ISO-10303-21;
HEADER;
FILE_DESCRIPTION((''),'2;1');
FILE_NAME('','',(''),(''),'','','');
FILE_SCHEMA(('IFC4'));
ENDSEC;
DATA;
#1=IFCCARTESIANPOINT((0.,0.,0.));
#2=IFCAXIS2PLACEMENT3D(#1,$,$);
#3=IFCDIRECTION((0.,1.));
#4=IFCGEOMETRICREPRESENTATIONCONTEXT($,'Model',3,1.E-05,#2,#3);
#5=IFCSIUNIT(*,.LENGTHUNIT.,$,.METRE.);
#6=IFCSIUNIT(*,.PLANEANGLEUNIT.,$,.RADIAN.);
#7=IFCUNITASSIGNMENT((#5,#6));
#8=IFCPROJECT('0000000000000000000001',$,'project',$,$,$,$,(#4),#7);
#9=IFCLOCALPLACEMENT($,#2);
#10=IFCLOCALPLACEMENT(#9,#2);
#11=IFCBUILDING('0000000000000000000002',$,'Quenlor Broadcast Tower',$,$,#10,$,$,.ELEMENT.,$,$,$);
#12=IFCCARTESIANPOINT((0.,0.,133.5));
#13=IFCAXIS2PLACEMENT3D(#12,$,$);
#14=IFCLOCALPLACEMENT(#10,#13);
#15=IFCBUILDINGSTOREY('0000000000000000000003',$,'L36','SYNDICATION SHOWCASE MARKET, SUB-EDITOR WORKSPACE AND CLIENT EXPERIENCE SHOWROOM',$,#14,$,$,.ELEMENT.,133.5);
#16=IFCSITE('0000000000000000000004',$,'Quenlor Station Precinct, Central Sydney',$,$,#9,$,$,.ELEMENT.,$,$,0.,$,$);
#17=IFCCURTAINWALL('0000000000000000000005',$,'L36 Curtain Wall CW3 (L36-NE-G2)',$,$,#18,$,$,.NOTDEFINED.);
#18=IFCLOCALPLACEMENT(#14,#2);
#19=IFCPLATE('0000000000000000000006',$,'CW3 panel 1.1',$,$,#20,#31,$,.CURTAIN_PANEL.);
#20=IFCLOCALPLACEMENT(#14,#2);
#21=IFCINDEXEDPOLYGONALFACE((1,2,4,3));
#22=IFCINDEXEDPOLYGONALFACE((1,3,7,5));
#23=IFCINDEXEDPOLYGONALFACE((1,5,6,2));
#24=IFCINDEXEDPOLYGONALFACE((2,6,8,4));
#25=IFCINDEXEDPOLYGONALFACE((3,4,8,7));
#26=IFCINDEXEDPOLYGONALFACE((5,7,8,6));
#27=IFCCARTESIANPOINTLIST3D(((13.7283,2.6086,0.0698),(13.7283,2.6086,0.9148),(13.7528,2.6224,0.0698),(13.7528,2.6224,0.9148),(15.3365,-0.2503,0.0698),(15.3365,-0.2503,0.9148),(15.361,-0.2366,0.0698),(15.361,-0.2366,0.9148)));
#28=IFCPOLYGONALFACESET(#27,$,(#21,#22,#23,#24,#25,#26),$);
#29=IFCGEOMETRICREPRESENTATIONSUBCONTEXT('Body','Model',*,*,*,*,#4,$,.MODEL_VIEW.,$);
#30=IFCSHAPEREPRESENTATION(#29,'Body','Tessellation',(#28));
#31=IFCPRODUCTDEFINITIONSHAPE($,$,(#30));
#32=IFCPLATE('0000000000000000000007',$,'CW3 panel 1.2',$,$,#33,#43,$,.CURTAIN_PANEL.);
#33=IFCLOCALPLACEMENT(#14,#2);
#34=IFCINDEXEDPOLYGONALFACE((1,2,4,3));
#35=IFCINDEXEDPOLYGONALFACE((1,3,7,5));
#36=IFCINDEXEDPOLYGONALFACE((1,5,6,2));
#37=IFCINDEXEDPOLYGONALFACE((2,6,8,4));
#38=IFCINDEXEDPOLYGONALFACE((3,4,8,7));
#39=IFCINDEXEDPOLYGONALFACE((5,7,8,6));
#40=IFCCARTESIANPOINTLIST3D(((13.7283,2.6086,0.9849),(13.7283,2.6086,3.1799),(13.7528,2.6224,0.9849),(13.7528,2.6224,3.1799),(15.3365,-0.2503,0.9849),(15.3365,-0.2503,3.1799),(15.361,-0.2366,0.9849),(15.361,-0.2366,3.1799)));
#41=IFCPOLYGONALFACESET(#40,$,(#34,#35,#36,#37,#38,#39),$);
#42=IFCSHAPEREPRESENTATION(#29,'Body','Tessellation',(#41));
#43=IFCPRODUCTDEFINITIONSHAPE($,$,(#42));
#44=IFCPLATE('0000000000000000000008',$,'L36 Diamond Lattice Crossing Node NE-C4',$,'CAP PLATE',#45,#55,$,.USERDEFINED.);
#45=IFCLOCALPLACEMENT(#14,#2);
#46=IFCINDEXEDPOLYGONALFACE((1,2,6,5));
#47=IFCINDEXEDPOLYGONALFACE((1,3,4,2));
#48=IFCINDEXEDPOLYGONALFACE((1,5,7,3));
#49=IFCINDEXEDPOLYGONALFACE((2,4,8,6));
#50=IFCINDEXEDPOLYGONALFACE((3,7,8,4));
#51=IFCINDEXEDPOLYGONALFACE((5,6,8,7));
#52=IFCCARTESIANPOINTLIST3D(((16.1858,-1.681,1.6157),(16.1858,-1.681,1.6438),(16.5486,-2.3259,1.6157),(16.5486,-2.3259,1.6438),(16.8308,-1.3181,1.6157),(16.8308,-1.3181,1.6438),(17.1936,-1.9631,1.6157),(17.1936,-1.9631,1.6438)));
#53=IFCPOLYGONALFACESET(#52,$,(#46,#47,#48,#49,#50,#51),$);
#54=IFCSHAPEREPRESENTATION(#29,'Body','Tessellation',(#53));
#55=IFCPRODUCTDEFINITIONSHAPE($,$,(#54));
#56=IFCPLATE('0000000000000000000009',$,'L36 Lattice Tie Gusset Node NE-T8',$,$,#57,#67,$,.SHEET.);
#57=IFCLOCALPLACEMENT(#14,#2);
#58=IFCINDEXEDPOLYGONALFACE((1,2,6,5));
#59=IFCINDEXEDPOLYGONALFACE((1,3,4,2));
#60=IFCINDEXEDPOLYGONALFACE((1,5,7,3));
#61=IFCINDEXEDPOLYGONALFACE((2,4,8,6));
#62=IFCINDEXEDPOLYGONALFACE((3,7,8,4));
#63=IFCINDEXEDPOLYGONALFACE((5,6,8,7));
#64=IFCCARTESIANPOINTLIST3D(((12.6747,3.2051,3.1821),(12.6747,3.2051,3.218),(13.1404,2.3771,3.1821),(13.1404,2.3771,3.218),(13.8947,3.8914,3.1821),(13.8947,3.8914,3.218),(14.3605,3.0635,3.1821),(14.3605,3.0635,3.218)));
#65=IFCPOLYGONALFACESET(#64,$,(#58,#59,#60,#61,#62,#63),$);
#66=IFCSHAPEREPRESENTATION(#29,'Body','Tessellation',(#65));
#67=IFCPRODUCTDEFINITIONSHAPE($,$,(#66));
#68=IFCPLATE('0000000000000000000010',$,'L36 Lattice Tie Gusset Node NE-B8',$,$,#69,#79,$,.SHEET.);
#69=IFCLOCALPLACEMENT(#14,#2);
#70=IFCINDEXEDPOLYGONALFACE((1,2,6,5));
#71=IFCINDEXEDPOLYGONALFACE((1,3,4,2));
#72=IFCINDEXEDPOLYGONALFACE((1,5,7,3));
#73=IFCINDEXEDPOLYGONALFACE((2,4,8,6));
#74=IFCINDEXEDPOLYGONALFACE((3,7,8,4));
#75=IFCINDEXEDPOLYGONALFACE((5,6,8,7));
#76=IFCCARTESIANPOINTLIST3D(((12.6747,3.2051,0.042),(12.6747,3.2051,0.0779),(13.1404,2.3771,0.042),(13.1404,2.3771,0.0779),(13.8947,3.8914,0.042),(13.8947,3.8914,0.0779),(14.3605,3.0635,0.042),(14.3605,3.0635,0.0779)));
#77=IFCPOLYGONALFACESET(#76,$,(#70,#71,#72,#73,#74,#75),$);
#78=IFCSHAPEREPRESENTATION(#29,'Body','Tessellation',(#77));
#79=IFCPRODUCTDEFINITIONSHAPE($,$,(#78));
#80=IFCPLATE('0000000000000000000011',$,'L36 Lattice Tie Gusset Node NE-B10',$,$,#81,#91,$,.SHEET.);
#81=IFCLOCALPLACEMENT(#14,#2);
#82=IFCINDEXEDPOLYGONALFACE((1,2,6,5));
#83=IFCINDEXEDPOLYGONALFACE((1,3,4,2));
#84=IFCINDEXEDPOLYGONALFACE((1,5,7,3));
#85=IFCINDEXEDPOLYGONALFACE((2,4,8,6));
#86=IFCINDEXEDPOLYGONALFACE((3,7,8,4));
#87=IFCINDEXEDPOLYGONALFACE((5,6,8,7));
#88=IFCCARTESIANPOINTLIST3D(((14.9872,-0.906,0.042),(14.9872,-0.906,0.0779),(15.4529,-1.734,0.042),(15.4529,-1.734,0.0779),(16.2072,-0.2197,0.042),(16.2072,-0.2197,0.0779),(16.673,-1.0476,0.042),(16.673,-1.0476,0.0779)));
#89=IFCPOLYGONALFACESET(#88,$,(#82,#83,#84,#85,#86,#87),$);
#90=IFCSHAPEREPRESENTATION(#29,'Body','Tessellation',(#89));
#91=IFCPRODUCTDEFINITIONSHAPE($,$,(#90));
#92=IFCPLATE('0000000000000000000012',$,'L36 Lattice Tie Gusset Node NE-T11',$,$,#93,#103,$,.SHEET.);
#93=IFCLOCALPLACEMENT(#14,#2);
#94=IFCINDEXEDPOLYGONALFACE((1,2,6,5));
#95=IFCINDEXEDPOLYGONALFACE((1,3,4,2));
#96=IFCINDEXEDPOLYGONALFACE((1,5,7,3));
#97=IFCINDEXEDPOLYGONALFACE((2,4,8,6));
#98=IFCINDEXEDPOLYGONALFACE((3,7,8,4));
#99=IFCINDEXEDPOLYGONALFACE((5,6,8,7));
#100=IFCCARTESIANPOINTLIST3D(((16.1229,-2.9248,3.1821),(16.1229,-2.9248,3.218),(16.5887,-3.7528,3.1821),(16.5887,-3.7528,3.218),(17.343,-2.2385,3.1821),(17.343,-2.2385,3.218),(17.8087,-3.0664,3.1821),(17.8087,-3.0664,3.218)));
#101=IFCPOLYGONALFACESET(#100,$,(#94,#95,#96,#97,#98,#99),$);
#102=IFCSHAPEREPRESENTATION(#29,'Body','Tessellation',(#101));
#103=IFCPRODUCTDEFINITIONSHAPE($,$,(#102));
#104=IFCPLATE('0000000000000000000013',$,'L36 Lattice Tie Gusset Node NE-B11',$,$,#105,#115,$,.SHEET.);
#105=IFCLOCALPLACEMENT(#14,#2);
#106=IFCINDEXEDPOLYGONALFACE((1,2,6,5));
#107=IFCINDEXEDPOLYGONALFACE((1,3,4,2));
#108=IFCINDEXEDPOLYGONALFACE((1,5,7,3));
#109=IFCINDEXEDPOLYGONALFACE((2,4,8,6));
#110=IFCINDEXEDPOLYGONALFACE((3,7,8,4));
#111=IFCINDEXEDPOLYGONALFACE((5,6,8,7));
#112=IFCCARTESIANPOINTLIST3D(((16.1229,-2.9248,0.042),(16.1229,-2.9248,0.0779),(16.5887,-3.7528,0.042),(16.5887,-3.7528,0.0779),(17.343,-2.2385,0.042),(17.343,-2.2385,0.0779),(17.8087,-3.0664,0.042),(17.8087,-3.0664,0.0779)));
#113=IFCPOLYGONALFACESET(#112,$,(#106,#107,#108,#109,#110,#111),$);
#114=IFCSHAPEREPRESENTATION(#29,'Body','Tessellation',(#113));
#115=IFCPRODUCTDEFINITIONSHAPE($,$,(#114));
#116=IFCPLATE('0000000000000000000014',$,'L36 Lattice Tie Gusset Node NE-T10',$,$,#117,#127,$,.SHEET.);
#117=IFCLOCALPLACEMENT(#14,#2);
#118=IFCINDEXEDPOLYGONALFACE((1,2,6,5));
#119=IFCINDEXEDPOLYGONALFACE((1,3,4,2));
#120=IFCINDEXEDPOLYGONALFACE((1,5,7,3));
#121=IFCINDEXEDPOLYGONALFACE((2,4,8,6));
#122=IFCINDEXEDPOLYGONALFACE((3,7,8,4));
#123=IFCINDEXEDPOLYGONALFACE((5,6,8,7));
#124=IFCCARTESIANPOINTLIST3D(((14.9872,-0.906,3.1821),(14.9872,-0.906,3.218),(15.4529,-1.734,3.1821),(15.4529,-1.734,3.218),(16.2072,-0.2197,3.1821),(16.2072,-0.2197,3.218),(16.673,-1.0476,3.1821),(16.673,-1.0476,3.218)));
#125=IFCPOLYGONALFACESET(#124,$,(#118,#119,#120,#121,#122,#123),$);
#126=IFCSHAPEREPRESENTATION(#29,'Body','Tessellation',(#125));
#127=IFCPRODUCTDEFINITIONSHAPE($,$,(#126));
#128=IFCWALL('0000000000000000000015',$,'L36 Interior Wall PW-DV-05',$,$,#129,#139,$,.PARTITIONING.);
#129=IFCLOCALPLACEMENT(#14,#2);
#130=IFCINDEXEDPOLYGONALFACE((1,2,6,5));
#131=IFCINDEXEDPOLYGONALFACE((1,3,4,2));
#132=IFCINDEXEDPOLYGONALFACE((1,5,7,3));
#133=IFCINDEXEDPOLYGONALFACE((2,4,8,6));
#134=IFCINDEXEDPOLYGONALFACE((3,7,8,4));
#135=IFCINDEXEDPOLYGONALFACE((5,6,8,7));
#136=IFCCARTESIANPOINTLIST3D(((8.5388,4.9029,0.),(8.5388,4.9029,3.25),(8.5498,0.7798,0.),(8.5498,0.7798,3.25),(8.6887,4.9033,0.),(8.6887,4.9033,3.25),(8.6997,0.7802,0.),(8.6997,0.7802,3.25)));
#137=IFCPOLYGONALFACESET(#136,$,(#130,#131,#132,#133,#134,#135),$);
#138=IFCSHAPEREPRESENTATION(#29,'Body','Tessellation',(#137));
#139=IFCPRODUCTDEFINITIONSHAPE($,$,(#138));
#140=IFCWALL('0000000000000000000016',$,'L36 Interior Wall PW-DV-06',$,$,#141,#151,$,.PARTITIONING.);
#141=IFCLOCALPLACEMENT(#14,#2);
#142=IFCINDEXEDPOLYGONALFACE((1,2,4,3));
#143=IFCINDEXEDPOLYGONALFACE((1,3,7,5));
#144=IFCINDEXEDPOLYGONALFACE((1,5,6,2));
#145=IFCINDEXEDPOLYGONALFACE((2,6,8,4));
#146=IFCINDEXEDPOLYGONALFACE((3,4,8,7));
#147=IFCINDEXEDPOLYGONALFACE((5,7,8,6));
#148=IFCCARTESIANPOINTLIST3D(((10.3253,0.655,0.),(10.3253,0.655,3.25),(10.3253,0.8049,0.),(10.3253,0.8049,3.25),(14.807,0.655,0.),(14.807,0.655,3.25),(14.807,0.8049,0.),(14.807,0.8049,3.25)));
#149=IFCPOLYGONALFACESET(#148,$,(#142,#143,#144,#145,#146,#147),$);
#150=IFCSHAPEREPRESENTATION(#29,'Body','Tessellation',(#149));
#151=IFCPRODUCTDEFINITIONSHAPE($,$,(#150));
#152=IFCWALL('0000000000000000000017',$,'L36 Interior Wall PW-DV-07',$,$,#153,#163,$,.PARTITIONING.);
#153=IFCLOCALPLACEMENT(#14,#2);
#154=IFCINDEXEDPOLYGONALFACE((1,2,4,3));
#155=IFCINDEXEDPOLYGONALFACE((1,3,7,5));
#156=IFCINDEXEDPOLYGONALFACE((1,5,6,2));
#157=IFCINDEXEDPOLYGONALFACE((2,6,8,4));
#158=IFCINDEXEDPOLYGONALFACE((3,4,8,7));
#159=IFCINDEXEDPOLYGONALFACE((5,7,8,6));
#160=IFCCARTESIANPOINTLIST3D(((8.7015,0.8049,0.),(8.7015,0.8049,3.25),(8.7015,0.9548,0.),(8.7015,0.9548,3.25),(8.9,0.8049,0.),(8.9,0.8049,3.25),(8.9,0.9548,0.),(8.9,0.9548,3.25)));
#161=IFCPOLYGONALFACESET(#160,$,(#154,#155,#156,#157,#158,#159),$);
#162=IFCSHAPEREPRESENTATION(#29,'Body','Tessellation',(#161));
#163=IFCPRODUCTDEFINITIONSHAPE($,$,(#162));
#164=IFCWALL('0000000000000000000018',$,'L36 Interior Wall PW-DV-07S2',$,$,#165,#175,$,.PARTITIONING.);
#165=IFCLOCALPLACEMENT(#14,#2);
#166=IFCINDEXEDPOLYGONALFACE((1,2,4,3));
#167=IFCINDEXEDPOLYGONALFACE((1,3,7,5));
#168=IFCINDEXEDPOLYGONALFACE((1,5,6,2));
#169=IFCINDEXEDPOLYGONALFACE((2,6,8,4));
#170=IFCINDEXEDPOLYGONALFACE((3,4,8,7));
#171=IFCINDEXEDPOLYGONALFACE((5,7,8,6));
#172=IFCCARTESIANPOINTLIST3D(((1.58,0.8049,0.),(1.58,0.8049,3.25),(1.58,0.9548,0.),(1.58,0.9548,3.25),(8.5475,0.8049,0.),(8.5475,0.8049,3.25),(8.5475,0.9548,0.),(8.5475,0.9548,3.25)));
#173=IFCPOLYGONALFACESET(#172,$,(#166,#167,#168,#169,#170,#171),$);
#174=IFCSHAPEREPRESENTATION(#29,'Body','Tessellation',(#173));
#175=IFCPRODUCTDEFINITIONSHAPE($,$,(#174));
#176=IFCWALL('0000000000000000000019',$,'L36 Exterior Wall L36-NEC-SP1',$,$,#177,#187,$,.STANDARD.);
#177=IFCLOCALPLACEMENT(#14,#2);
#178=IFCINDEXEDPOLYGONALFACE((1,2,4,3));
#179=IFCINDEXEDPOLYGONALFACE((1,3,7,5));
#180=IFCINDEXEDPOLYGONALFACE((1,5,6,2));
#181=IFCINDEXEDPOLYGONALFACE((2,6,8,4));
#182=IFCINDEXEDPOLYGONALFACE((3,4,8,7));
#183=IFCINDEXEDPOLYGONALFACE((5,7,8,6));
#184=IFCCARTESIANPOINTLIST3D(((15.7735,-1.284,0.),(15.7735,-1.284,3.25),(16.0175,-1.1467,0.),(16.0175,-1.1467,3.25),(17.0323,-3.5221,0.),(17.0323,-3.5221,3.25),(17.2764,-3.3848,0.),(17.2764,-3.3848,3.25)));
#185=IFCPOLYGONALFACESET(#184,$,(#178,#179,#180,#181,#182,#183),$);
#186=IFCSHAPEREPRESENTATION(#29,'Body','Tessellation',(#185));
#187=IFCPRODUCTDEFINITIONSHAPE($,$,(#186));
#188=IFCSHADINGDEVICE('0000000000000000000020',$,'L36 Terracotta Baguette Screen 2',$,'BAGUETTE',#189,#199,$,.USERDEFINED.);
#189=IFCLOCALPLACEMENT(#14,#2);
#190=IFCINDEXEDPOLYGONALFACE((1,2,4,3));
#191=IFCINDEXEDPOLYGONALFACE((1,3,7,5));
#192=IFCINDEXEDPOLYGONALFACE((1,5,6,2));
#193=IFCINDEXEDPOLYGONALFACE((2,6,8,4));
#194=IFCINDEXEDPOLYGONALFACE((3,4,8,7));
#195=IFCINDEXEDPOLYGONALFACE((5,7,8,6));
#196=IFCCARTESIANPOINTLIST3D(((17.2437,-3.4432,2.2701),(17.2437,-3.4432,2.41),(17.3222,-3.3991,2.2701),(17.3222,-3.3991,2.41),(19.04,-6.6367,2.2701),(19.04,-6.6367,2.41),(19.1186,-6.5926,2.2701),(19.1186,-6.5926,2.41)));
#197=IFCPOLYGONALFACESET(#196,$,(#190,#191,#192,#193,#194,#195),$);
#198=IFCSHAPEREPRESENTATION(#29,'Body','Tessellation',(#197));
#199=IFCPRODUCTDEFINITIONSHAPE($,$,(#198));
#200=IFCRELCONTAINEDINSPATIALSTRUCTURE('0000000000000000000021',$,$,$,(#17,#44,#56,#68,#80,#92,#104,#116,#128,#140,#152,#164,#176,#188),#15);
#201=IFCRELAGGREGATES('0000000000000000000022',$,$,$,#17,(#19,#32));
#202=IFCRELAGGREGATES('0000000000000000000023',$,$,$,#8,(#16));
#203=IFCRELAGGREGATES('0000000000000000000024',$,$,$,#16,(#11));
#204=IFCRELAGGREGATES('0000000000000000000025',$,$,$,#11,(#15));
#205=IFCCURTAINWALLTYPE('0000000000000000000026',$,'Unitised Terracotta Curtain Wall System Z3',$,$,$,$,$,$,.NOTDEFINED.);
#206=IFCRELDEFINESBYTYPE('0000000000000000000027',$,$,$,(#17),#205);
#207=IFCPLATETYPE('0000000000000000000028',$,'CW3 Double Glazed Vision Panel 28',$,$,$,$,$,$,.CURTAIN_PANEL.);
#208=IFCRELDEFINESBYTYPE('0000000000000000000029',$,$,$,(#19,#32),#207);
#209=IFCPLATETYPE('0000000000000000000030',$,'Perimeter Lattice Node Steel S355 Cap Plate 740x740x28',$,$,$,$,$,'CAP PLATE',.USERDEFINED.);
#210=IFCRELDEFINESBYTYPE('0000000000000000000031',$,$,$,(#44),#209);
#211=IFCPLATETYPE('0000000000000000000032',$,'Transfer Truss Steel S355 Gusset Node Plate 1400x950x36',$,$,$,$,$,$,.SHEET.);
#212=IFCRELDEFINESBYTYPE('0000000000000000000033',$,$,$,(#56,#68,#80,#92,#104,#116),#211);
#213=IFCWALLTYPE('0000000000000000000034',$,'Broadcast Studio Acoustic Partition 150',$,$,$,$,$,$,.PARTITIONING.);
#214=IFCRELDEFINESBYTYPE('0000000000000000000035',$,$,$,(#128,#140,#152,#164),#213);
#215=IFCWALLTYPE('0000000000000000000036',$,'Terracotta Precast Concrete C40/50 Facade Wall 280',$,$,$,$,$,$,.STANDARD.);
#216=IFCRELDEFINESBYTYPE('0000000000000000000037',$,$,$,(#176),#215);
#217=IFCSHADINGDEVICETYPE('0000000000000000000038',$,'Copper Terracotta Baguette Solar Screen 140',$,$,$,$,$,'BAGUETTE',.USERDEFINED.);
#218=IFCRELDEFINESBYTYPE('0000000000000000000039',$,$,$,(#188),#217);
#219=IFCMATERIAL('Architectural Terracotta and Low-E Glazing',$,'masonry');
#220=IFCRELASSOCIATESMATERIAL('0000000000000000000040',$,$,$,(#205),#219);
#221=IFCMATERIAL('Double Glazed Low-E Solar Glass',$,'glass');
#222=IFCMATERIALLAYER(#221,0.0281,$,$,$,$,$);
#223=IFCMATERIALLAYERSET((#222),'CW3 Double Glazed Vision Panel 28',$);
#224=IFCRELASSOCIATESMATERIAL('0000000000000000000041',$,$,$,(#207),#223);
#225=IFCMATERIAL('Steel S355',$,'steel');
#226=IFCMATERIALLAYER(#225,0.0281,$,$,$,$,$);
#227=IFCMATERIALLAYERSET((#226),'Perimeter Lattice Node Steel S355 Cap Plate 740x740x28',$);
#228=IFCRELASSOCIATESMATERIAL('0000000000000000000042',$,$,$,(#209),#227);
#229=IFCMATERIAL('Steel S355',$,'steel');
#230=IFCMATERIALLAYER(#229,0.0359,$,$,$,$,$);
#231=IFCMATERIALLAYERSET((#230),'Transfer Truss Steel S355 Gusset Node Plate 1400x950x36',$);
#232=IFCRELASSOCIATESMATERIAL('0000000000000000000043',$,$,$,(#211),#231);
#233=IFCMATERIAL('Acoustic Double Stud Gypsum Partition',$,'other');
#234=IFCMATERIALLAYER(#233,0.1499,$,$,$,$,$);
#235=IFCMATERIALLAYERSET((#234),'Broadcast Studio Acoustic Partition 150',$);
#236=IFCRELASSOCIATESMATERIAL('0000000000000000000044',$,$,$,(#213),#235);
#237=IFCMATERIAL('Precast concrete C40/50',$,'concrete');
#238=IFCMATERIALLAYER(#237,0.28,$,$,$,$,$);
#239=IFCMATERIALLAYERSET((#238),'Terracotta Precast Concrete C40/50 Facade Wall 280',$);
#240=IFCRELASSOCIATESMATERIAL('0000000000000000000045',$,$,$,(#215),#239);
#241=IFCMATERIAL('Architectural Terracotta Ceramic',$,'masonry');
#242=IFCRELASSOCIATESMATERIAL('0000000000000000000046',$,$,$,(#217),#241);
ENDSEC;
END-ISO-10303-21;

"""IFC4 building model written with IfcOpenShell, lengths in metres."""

from ifc_helpers import new_model, si_unit, direction, frame, frame_2d, origin, origin_2d, place, context, subcontext, project, spatial, rectangle, extrude, material, layer, layer_set, material_profile, profile_set, type_object, element, aggregate, save


model = new_model("IFC4")

# Units and contexts
model_context = context("Model", 3, precision=1e-05, world=origin(), true_north=direction((0.0, 1.0)))
body_context = subcontext(model_context, "Body", "Model", "MODEL_VIEW")
ifc_project = project(units=[si_unit("LENGTHUNIT", "METRE"), si_unit("PLANEANGLEUNIT", "RADIAN")], contexts=[model_context])

# Site, building, storey
site_placement = place(None, origin())
site = spatial("IfcSite", under=ifc_project, at=site_placement, Name="Quenlor Station Precinct, Central Sydney", CompositionType="ELEMENT", RefElevation=0.0)
building_placement = place(site_placement, origin())
building = spatial("IfcBuilding", under=site, at=building_placement, Name="Quenlor Broadcast Tower", CompositionType="ELEMENT")
storey_placement = place(building_placement, frame((0.0, 0.0, 133.5)))
storey = spatial("IfcBuildingStorey", under=building, at=storey_placement, Name="L36", Description="SYNDICATION SHOWCASE MARKET, SUB-EDITOR WORKSPACE AND CLIENT EXPERIENCE SHOWROOM", CompositionType="ELEMENT", Elevation=133.5)

# Curtain wall
ifc_material_1 = material(Name="Architectural Terracotta and Low-E Glazing", Category="masonry")
curtain_wall_type = type_object("IfcCurtainWallType", Name="Unitised Terracotta Curtain Wall System Z3", PredefinedType="NOTDEFINED", material=ifc_material_1)
curtain_wall_placement = place(storey_placement, origin())
curtain_wall = element("IfcCurtainWall", 1, at=curtain_wall_placement, inside=storey, type_object=curtain_wall_type, Name="L36 Curtain Wall CW3 (L36-NE-G2)", PredefinedType="NOTDEFINED")

# Plates
ifc_material_2 = material(Name="Double Glazed Low-E Solar Glass", Category="glass")
ifc_layer_1 = layer(ifc_material_2, 0.0281)
ifc_layer_set_1 = layer_set([ifc_layer_1], Name="CW3 Double Glazed Vision Panel 28")
plate_type_1 = type_object("IfcPlateType", Name="CW3 Double Glazed Vision Panel 28", PredefinedType="CURTAIN_PANEL", material=ifc_layer_set_1)
plate_1_placement = place(storey_placement, frame((14.5447, 1.186, 0.0698), z_axis=(0.0, 0.0, 1.0), x_axis=(0.490268, -0.871572, 0.0)))
plate_1 = element("IfcPlate", 2, at=plate_1_placement, type_object=plate_type_1, Name="CW3 panel 1.1", PredefinedType="CURTAIN_PANEL", context=body_context, shape_type="SweptSolid", body=[
    extrude(rectangle(XDim=3.2803, YDim=0.0281, at=origin_2d()), origin(), (0.0, 0.0, 1.0), 0.845),
])
plate_2_placement = place(storey_placement, frame((14.5447, 1.186, 0.9849), z_axis=(0.0, 0.0, 1.0), x_axis=(0.490268, -0.871572, 0.0)))
plate_2 = element("IfcPlate", 3, at=plate_2_placement, type_object=plate_type_1, Name="CW3 panel 1.2", PredefinedType="CURTAIN_PANEL", context=body_context, shape_type="SweptSolid", body=[
    extrude(rectangle(XDim=3.2803, YDim=0.0281, at=origin_2d()), origin(), (0.0, 0.0, 1.0), 2.1951),
])
aggregate(curtain_wall, [plate_1, plate_2])

# Plates
ifc_material_3 = material(Name="Steel S355", Category="steel")
ifc_layer_2 = layer(ifc_material_3, 0.0281)
ifc_layer_set_2 = layer_set([ifc_layer_2], Name="Perimeter Lattice Node Steel S355 Cap Plate 740x740x28")
plate_type_2 = type_object("IfcPlateType", Name="Perimeter Lattice Node Steel S355 Cap Plate 740x740x28", ElementType="CAP PLATE", PredefinedType="USERDEFINED", material=ifc_layer_set_2)
plate_3_placement = place(storey_placement, frame((16.6897, -1.822, 1.6157), z_axis=(0.0, 0.0, 1.0), x_axis=(0.490295, -0.871556, 0.0)))
element("IfcPlate", 4, at=plate_3_placement, inside=storey, type_object=plate_type_2, Name="L36 Diamond Lattice Crossing Node NE-C4", ObjectType="CAP PLATE", PredefinedType="USERDEFINED", context=body_context, shape_type="SweptSolid", body=[
    extrude(rectangle(XDim=0.74, YDim=0.74, at=origin_2d()), origin(), (0.0, 0.0, 1.0), 0.0281),
])
ifc_material_4 = material(Name="Steel S355", Category="steel")
ifc_layer_3 = layer(ifc_material_4, 0.0359)
ifc_layer_set_3 = layer_set([ifc_layer_3], Name="Transfer Truss Steel S355 Gusset Node Plate 1400x950x36")
plate_type_3 = type_object("IfcPlateType", Name="Transfer Truss Steel S355 Gusset Node Plate 1400x950x36", PredefinedType="SHEET", material=ifc_layer_set_3)
for number, where, z_axis, x_axis, name in (
    (5, (13.5176, 3.1343, 3.1821), (0.0, 0.0, 1.0), (0.871556, 0.490295, 0.0), "L36 Lattice Tie Gusset Node NE-T8"),
    (6, (13.5176, 3.1343, 0.042), (0.0, 0.0, 1.0), (0.871556, 0.490295, 0.0), "L36 Lattice Tie Gusset Node NE-B8"),
    (7, (15.8301, -0.9768, 0.042), (0.0, 0.0, 1.0), (0.871556, 0.490295, 0.0), "L36 Lattice Tie Gusset Node NE-B10"),
    (8, (16.9658, -2.9956, 3.1821), (0.0, 0.0, 1.0), (0.871556, 0.490295, 0.0), "L36 Lattice Tie Gusset Node NE-T11"),
    (9, (16.9658, -2.9956, 0.042), (0.0, 0.0, 1.0), (0.871556, 0.490295, 0.0), "L36 Lattice Tie Gusset Node NE-B11"),
    (10, (15.8301, -0.9768, 3.1821), (0.0, 0.0, 1.0), (0.871556, 0.490295, 0.0), "L36 Lattice Tie Gusset Node NE-T10"),
):
    element("IfcPlate", number, at=place(storey_placement, frame(where, z_axis=z_axis, x_axis=x_axis)), inside=storey, type_object=plate_type_3, Name=name, PredefinedType="SHEET", context=body_context, shape_type="SweptSolid", body=[
        extrude(rectangle(XDim=1.3999, YDim=0.95, at=origin_2d()), origin(), (0.0, 0.0, 1.0), 0.0359),
    ])

# Walls
ifc_material_5 = material(Name="Acoustic Double Stud Gypsum Partition", Category="other")
ifc_layer_4 = layer(ifc_material_5, 0.1499)
ifc_layer_set_4 = layer_set([ifc_layer_4], Name="Broadcast Studio Acoustic Partition 150")
wall_type_1 = type_object("IfcWallType", Name="Broadcast Studio Acoustic Partition 150", PredefinedType="PARTITIONING", material=ifc_layer_set_4)
wall_1_placement = place(storey_placement, frame((8.6248, 0.78, 0.0), z_axis=(0.0, 0.0, 1.0), x_axis=(-0.002665, 0.999996, 0.0)))
element("IfcWall", 11, at=wall_1_placement, inside=storey, type_object=wall_type_1, Name="L36 Interior Wall PW-DV-05", PredefinedType="PARTITIONING", context=body_context, shape_type="SweptSolid", body=[
    extrude(rectangle(XDim=4.123, YDim=0.1499, at=frame_2d((2.0615, 0.0))), origin(), (0.0, 0.0, 1.0), 3.25),
])
wall_2_placement = place(storey_placement, frame((14.8069, 0.73, 0.0), z_axis=(0.0, 0.0, 1.0), x_axis=(-1.0, 0.0, 0.0)))
element("IfcWall", 12, at=wall_2_placement, inside=storey, type_object=wall_type_1, Name="L36 Interior Wall PW-DV-06", PredefinedType="PARTITIONING", context=body_context, shape_type="SweptSolid", body=[
    extrude(rectangle(XDim=4.4817, YDim=0.1499, at=frame_2d((2.2407, 0.0))), origin(), (0.0, 0.0, 1.0), 3.25),
])
wall_3_placement = place(storey_placement, frame((8.8999, 0.8799, 0.0), z_axis=(0.0, 0.0, 1.0), x_axis=(-1.0, 0.0, 0.0)))
element("IfcWall", 13, at=wall_3_placement, inside=storey, type_object=wall_type_1, Name="L36 Interior Wall PW-DV-07", PredefinedType="PARTITIONING", context=body_context, shape_type="SweptSolid", body=[
    extrude(rectangle(XDim=0.1985, YDim=0.1499, at=frame_2d((0.0991, 0.0))), origin(), (0.0, 0.0, 1.0), 3.25),
])
wall_4_placement = place(storey_placement, frame((8.5476, 0.8799, 0.0), z_axis=(0.0, 0.0, 1.0), x_axis=(-1.0, 0.0, 0.0)))
element("IfcWall", 14, at=wall_4_placement, inside=storey, type_object=wall_type_1, Name="L36 Interior Wall PW-DV-07S2", PredefinedType="PARTITIONING", context=body_context, shape_type="SweptSolid", body=[
    extrude(rectangle(XDim=6.9675, YDim=0.1499, at=frame_2d((3.4839, 0.0))), origin(), (0.0, 0.0, 1.0), 3.25),
])

# Wall
ifc_material_6 = material(Name="Precast concrete C40/50", Category="concrete")
ifc_layer_5 = layer(ifc_material_6, 0.28)
ifc_layer_set_5 = layer_set([ifc_layer_5], Name="Terracotta Precast Concrete C40/50 Facade Wall 280")
wall_type_2 = type_object("IfcWallType", Name="Terracotta Precast Concrete C40/50 Facade Wall 280", PredefinedType="STANDARD", material=ifc_layer_set_5)
wall_5_placement = place(storey_placement, frame((15.8955, -1.2153, 0.0), z_axis=(0.0, 0.0, 1.0), x_axis=(0.49023, -0.871593, 0.0)))
element("IfcWall", 15, at=wall_5_placement, inside=storey, type_object=wall_type_2, Name="L36 Exterior Wall L36-NEC-SP1", PredefinedType="STANDARD", context=body_context, shape_type="SweptSolid", body=[
    extrude(rectangle(XDim=2.5679, YDim=0.28, at=frame_2d((1.2839, 0.0))), origin(), (0.0, 0.0, 1.0), 3.25),
])

# Shading device
ifc_material_7 = material(Name="Architectural Terracotta Ceramic", Category="masonry")
ifc_material_profile_1 = material_profile(ifc_material_7, rectangle(XDim=0.0901, YDim=0.1399, at=origin_2d()))
ifc_profile_set_1 = profile_set([ifc_material_profile_1], Name="Architectural Terracotta Ceramic BAG90x140")
shading_device_type = type_object("IfcShadingDeviceType", Name="Copper Terracotta Baguette Solar Screen 140", ElementType="BAGUETTE", PredefinedType="USERDEFINED", material=ifc_profile_set_1)
shading_device_placement = place(storey_placement, frame((17.283, -3.4211, 2.3401), z_axis=(0.490258, -0.871577, 0.0), x_axis=(0.871577, 0.490258, 0.0)))
element("IfcShadingDevice", 16, at=shading_device_placement, inside=storey, type_object=shading_device_type, Name="L36 Terracotta Baguette Screen 2", ObjectType="BAGUETTE", PredefinedType="USERDEFINED", context=body_context, shape_type="SweptSolid", body=[
    extrude(rectangle(XDim=0.0901, YDim=0.1399, at=origin_2d()), origin(), (0.0, 0.0, 1.0), 3.6641),
])

save(model, "model.ifc")
